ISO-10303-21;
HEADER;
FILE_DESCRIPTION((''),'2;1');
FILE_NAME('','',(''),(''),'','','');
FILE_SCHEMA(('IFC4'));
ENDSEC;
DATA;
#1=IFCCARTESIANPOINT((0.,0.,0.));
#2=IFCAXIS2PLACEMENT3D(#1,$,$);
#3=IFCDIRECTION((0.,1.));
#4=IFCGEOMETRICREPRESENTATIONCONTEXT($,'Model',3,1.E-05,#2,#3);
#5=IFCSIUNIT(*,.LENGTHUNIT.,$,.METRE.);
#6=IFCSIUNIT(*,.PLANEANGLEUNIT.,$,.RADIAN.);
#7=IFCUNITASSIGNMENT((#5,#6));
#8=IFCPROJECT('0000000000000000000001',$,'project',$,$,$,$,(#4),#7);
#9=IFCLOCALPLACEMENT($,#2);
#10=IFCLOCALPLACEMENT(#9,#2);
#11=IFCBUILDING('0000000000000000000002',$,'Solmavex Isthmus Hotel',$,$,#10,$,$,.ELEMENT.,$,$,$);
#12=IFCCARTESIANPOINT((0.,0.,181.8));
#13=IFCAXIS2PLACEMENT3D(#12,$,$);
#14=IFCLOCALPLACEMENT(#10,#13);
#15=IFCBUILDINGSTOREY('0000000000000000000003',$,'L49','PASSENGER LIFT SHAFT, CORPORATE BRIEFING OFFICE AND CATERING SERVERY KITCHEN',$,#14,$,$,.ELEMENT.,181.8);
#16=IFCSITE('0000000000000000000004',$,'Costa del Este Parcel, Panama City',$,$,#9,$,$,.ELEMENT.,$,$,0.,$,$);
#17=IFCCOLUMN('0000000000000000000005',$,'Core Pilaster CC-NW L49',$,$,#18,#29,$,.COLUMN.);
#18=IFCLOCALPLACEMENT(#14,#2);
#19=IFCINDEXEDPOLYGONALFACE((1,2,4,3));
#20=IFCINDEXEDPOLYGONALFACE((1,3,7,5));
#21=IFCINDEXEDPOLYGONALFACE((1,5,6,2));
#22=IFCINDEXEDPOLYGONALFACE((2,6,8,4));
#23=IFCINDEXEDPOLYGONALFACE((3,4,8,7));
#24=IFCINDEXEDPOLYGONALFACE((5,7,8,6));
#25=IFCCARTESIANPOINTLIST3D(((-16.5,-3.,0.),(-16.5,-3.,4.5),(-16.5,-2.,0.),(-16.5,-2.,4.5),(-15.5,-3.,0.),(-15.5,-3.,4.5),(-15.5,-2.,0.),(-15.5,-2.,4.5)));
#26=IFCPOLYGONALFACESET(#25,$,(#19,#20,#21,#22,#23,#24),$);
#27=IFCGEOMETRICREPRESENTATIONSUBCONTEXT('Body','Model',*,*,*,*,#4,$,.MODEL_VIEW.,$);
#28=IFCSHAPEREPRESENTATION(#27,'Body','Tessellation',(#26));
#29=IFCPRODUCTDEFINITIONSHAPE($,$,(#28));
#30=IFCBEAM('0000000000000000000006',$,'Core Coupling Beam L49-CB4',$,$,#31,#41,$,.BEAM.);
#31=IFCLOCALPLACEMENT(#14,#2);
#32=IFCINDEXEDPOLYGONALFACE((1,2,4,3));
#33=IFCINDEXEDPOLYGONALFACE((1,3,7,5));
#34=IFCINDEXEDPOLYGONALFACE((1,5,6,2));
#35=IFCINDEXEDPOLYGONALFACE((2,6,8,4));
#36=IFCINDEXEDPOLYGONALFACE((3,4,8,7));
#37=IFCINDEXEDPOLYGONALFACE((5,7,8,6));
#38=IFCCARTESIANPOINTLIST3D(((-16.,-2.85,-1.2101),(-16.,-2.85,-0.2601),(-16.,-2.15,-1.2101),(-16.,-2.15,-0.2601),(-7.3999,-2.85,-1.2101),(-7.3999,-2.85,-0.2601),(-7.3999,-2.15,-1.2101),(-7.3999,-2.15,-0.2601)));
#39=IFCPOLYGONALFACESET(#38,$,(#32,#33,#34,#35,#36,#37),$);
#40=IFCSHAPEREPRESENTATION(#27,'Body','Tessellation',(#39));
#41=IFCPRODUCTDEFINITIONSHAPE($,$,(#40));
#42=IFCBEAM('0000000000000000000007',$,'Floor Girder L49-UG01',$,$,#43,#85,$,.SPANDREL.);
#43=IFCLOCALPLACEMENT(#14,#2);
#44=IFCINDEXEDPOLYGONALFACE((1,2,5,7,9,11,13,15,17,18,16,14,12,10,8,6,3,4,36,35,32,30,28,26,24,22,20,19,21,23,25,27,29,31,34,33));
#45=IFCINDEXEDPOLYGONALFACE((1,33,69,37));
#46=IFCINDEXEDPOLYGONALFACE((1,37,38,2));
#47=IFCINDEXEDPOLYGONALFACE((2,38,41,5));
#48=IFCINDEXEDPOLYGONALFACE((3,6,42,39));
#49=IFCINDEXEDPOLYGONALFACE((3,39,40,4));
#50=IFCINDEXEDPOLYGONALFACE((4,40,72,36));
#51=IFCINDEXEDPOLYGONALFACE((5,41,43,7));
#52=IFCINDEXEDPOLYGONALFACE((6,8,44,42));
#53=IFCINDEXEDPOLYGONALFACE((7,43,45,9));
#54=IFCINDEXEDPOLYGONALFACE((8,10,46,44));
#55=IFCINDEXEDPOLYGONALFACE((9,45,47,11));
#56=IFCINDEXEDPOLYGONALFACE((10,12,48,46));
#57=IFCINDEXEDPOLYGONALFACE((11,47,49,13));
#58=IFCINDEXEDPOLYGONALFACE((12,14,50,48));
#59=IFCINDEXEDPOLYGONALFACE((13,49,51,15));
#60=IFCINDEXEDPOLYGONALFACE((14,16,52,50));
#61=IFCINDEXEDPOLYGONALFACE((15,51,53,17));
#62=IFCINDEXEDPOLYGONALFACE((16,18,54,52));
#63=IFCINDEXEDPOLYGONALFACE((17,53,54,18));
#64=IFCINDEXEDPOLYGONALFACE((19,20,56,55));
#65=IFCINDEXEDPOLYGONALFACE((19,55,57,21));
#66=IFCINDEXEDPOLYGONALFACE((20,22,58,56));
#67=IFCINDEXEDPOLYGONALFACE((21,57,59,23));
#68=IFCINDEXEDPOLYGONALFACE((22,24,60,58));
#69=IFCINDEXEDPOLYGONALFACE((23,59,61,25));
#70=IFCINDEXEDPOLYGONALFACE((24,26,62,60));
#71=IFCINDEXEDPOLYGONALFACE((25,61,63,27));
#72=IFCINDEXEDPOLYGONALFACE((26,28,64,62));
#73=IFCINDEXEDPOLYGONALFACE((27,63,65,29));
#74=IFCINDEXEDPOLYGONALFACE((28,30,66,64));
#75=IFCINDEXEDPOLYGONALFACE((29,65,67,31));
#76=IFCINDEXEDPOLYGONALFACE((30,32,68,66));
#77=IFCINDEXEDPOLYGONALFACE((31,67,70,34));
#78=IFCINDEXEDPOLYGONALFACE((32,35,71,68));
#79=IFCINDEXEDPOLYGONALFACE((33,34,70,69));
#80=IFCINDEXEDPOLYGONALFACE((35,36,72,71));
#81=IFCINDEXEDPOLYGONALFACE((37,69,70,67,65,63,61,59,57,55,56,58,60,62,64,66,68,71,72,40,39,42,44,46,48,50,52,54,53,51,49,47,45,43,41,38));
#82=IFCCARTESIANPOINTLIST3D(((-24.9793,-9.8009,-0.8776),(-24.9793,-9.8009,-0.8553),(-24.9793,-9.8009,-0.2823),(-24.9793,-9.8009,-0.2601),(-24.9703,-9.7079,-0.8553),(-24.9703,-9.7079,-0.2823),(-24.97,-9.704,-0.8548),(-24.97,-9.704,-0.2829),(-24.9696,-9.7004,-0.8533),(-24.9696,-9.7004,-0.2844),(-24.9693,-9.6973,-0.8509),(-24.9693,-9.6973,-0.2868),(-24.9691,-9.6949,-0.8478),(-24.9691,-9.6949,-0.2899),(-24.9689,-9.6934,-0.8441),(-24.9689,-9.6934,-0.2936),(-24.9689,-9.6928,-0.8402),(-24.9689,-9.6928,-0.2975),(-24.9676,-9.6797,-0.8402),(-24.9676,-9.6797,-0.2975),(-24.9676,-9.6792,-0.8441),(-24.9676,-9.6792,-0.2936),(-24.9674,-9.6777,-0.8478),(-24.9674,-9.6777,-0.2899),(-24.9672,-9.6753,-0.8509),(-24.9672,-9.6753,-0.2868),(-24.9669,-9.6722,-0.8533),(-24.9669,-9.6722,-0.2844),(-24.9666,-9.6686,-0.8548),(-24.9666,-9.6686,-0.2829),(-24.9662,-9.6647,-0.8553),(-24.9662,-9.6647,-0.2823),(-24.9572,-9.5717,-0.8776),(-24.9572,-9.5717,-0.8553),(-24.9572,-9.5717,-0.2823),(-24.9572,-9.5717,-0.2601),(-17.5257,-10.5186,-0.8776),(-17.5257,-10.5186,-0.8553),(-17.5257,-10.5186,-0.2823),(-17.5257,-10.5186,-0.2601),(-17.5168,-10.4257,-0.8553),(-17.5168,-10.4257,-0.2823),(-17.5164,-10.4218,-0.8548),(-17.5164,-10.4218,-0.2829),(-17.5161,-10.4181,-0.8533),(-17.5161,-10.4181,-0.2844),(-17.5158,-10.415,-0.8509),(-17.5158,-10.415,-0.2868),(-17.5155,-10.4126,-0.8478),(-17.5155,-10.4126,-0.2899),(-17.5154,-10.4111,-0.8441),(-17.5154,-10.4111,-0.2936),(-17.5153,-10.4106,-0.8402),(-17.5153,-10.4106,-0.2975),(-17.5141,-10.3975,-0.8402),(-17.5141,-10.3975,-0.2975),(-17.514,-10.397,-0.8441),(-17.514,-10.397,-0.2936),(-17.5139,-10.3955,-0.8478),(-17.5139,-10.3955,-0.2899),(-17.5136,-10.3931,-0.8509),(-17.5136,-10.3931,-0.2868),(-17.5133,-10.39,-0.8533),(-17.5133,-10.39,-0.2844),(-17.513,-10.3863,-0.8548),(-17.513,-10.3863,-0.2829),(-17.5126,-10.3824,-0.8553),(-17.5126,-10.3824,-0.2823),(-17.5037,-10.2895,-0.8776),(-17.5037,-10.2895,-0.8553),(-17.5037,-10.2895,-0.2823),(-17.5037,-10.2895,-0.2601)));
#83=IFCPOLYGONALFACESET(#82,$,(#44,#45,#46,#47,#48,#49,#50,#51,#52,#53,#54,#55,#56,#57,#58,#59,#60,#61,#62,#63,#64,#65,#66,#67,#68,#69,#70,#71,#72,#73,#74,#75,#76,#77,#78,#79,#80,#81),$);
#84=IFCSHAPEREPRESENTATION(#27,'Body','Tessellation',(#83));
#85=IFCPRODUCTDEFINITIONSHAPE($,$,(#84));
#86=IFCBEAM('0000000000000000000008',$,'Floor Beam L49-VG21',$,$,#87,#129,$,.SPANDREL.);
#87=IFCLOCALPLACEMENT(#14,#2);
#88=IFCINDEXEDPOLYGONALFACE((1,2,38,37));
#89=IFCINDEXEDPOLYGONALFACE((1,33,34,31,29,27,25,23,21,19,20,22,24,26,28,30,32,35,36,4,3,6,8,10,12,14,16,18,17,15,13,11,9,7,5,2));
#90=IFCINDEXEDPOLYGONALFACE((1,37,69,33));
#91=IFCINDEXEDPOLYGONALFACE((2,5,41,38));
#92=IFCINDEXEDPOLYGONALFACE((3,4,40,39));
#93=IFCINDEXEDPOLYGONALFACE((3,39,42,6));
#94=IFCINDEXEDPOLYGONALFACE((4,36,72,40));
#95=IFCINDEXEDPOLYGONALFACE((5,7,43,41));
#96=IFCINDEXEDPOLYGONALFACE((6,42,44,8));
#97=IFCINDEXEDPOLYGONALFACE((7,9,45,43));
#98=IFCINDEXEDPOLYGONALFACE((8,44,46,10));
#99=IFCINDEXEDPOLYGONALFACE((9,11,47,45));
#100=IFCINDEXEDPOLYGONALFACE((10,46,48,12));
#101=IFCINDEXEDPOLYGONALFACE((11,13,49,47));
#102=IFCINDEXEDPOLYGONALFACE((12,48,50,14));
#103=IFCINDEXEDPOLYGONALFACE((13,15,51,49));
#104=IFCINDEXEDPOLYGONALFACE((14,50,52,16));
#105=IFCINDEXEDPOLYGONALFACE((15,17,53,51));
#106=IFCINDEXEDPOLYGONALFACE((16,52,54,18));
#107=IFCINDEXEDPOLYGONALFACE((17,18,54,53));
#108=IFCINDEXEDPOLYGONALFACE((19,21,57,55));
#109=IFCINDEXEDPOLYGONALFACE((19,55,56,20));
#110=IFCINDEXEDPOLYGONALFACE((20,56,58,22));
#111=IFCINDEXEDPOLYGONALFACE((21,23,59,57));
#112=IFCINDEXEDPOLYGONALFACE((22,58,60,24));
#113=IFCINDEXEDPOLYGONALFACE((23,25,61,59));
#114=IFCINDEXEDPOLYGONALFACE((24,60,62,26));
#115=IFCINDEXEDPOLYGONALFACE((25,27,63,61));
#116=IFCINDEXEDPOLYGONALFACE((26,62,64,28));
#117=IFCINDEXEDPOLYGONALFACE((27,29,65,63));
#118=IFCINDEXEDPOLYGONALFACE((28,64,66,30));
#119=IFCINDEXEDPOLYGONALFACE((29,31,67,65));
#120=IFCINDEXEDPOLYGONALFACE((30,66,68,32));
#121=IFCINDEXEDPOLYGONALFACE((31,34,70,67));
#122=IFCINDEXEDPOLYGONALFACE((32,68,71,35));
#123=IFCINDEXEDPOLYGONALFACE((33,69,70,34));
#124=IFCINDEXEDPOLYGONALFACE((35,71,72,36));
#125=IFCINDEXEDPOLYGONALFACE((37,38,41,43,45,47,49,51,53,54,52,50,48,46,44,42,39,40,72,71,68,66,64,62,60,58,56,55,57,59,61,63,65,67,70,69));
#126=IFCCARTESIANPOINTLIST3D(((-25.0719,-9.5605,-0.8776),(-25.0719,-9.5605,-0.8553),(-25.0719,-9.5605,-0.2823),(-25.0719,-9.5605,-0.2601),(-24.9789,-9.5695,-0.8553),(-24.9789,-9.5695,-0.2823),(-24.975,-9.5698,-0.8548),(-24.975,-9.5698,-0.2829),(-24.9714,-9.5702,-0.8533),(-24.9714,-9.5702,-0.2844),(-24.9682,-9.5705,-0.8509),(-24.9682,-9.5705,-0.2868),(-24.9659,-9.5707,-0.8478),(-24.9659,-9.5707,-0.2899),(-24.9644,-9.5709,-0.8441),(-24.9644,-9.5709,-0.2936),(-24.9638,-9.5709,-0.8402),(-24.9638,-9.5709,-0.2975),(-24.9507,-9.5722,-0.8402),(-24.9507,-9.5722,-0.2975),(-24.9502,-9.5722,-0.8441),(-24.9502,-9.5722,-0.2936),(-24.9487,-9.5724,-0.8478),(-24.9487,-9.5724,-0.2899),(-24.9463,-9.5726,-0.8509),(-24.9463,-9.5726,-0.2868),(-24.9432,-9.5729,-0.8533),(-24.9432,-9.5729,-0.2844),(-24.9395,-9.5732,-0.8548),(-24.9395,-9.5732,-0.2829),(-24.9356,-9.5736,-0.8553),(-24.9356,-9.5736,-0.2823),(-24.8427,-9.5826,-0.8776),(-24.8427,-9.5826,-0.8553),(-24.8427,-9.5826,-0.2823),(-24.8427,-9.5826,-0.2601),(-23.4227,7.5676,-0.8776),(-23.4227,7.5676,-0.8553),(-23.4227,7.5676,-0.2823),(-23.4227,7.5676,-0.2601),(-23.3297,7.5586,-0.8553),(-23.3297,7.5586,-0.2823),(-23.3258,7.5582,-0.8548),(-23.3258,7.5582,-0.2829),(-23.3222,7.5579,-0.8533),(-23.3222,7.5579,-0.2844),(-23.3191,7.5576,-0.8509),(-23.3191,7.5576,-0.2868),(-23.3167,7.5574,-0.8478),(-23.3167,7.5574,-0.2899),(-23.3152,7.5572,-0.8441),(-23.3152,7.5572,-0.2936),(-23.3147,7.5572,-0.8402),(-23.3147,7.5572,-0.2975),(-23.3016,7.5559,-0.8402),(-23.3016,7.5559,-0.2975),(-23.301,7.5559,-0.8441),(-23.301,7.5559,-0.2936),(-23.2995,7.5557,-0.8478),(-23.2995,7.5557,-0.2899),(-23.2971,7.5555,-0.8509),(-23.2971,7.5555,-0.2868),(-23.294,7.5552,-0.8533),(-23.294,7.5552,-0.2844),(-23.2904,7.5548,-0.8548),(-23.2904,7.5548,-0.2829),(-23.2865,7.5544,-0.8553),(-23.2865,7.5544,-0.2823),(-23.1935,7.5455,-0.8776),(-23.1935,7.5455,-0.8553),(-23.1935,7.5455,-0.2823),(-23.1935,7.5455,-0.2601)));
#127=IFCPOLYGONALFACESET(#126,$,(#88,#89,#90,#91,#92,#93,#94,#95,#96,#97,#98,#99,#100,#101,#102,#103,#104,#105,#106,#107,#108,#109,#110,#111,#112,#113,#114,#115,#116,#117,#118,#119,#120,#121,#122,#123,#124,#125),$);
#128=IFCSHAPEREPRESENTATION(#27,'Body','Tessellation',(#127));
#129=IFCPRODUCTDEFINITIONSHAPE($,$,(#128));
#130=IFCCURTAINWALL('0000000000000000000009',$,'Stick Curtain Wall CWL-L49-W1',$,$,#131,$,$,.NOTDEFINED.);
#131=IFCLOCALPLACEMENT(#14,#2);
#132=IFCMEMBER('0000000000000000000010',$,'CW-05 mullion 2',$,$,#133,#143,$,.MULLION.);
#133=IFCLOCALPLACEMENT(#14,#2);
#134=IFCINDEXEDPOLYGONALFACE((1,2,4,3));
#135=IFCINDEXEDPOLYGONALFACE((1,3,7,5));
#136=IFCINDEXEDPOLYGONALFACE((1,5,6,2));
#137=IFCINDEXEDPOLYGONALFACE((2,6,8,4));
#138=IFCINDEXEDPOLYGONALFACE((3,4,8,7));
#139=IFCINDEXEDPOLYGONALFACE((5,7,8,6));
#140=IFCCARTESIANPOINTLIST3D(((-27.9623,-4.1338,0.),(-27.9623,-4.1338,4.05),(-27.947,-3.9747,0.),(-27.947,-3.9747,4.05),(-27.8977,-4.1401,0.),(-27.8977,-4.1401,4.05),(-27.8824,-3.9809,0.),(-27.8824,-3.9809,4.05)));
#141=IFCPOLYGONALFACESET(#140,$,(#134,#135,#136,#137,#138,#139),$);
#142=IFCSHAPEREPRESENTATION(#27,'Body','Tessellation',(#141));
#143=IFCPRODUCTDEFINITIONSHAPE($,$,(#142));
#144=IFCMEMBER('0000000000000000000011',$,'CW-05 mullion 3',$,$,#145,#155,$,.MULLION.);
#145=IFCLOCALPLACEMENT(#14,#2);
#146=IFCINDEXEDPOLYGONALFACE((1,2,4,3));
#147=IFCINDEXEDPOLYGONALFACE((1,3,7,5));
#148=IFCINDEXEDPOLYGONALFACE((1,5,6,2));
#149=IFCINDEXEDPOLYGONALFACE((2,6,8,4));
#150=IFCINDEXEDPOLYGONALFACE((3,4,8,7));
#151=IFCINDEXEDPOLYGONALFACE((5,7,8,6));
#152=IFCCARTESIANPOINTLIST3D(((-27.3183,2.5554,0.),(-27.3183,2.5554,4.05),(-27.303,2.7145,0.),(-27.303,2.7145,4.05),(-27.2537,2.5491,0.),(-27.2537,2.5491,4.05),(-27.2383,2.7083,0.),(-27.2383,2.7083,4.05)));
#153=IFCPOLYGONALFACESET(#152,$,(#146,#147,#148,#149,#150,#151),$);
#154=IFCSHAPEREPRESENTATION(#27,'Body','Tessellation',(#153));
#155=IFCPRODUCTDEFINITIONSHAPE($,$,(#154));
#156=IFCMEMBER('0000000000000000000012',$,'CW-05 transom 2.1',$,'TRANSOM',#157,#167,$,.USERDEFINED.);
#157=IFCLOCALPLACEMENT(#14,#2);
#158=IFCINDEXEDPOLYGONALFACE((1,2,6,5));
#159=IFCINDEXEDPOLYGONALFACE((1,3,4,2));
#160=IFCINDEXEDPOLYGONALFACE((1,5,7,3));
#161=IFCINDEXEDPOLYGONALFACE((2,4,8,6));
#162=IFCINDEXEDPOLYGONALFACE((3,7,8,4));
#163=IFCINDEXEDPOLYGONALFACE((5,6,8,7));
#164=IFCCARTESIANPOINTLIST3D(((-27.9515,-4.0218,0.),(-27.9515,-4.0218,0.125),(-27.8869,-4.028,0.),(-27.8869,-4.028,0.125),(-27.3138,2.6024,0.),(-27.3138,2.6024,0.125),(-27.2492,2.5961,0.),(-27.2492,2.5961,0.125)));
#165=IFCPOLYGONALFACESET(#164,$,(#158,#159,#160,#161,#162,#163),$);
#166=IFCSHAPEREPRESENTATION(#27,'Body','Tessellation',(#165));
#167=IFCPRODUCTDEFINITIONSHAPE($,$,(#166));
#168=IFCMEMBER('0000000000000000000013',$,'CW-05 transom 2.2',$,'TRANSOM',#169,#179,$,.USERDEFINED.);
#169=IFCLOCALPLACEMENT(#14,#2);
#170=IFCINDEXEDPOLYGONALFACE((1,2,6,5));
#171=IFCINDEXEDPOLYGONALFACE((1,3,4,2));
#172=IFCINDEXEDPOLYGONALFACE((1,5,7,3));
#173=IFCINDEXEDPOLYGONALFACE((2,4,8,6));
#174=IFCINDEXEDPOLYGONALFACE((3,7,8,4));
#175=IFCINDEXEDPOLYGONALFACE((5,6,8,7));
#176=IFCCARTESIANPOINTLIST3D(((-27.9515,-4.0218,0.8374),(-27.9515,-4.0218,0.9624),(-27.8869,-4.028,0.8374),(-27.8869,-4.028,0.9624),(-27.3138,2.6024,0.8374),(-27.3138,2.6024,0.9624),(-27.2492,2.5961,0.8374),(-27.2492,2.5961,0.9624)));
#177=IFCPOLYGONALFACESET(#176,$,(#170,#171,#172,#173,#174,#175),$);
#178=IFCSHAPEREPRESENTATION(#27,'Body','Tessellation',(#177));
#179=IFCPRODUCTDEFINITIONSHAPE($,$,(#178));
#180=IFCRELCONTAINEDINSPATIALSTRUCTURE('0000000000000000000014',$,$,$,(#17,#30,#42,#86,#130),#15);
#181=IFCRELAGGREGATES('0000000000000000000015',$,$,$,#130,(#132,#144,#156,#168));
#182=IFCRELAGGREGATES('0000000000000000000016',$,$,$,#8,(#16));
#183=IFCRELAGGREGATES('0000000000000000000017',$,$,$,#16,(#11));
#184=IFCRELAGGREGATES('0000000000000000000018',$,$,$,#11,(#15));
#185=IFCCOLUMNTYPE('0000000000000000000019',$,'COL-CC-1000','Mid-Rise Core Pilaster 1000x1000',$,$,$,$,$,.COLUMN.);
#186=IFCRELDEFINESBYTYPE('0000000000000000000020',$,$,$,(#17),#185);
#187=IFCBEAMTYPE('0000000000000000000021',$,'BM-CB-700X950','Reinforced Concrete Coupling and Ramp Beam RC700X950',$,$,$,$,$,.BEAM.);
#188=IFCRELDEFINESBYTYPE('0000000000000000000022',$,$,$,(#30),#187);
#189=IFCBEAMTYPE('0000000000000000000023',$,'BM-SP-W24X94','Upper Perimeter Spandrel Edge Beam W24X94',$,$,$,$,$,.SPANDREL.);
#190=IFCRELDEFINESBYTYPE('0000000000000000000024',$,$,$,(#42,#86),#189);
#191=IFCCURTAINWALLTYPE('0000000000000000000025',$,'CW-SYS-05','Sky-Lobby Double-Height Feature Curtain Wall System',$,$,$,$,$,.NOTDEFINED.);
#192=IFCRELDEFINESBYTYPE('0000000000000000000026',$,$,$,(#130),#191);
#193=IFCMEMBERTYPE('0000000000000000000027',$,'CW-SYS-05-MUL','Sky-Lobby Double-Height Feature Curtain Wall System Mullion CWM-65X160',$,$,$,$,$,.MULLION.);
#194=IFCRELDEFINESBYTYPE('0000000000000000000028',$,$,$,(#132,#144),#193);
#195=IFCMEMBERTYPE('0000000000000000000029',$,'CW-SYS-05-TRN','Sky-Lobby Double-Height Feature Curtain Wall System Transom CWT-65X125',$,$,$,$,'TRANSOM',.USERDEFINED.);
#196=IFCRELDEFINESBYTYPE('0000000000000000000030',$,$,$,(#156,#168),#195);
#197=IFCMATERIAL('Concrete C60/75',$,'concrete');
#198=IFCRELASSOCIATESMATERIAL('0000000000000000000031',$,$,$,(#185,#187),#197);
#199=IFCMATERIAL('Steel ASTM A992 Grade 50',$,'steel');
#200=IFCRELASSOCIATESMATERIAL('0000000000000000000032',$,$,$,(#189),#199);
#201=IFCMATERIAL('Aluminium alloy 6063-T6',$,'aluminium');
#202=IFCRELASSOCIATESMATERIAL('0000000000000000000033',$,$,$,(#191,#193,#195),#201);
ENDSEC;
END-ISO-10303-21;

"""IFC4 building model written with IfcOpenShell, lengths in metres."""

from ifc_helpers import new_model, si_unit, direction, frame, origin, origin_2d, place, context, subcontext, project, spatial, rectangle, i_section, extrude, material, material_profile, profile_set, type_object, element, aggregate, save


model = new_model("IFC4")

# Units and contexts
model_context = context("Model", 3, precision=1e-05, world=origin(), true_north=direction((0.0, 1.0)))
body_context = subcontext(model_context, "Body", "Model", "MODEL_VIEW")
ifc_project = project(units=[si_unit("LENGTHUNIT", "METRE"), si_unit("PLANEANGLEUNIT", "RADIAN")], contexts=[model_context])

# Site, building, storey
site_placement = place(None, origin())
site = spatial("IfcSite", under=ifc_project, at=site_placement, Name="Costa del Este Parcel, Panama City", CompositionType="ELEMENT", RefElevation=0.0)
building_placement = place(site_placement, origin())
building = spatial("IfcBuilding", under=site, at=building_placement, Name="Solmavex Isthmus Hotel", CompositionType="ELEMENT")
storey_placement = place(building_placement, frame((0.0, 0.0, 181.8)))
storey = spatial("IfcBuildingStorey", under=building, at=storey_placement, Name="L49", Description="PASSENGER LIFT SHAFT, CORPORATE BRIEFING OFFICE AND CATERING SERVERY KITCHEN", CompositionType="ELEMENT", Elevation=181.8)

# Column
ifc_material_1 = material(Name="Concrete C60/75", Category="concrete")
ifc_material_profile_1 = material_profile(ifc_material_1, rectangle(XDim=1.0, YDim=1.0, at=origin_2d()), Name="RC1000X1000")
ifc_profile_set_1 = profile_set([ifc_material_profile_1], Name="Concrete C60/75")
column_type = type_object("IfcColumnType", Name="COL-CC-1000", Description="Mid-Rise Core Pilaster 1000x1000", PredefinedType="COLUMN", material=ifc_profile_set_1)
column_placement = place(storey_placement, frame((-16.0, -2.5, 0.0), z_axis=(0.0, 0.0, 1.0), x_axis=(1.0, 0.0, 0.0)))
element("IfcColumn", 1, at=column_placement, inside=storey, type_object=column_type, Name="Core Pilaster CC-NW L49", PredefinedType="COLUMN", context=body_context, shape_type="SweptSolid", body=[
    extrude(rectangle(XDim=1.0, YDim=1.0, at=origin_2d()), origin(), (0.0, 0.0, 1.0), 4.5),
])

# Beams
ifc_material_profile_2 = material_profile(ifc_material_1, rectangle(XDim=0.7, YDim=0.95, at=origin_2d()), Name="RC700X950")
ifc_profile_set_2 = profile_set([ifc_material_profile_2], Name="Concrete C60/75")
beam_type_1 = type_object("IfcBeamType", Name="BM-CB-700X950", Description="Reinforced Concrete Coupling and Ramp Beam RC700X950", PredefinedType="BEAM", material=ifc_profile_set_2)
beam_1_placement = place(storey_placement, frame((-16.0, -2.5, -0.7351), z_axis=(1.0, 0.0, 0.0), x_axis=(0.0, 1.0, 0.0)))
element("IfcBeam", 2, at=beam_1_placement, inside=storey, type_object=beam_type_1, Name="Core Coupling Beam L49-CB4", PredefinedType="BEAM", context=body_context, shape_type="SweptSolid", body=[
    extrude(rectangle(XDim=0.7, YDim=0.95, at=origin_2d()), origin(), (0.0, 0.0, 1.0), 8.6001),
])
ifc_material_2 = material(Name="Steel ASTM A992 Grade 50", Category="steel")
ifc_material_profile_3 = material_profile(ifc_material_2, i_section(OverallWidth=0.2302, OverallDepth=0.6174, WebThickness=0.0132, FlangeThickness=0.0222, FilletRadius=0.0151, at=origin_2d()), Name="W24X94")
ifc_profile_set_3 = profile_set([ifc_material_profile_3], Name="Steel ASTM A992 Grade 50")
beam_type_2 = type_object("IfcBeamType", Name="BM-SP-W24X94", Description="Upper Perimeter Spandrel Edge Beam W24X94", PredefinedType="SPANDREL", material=ifc_profile_set_3)
beam_2_placement = place(storey_placement, frame((-24.9683, -9.6863, -0.5688), z_axis=(0.995395, -0.095855, 0.0), x_axis=(0.095855, 0.995395, 0.0)))
element("IfcBeam", 3, at=beam_2_placement, inside=storey, type_object=beam_type_2, Name="Floor Girder L49-UG01", PredefinedType="SPANDREL", context=body_context, shape_type="SweptSolid", body=[
    extrude(i_section(OverallWidth=0.2302, OverallDepth=0.6174, WebThickness=0.0132, FlangeThickness=0.0222, FilletRadius=0.0151, at=origin_2d()), origin(), (0.0, 0.0, 1.0), 7.488),
])
beam_3_placement = place(storey_placement, frame((-24.9573, -9.5715, -0.5688), z_axis=(0.095841, 0.995397, 0.0), x_axis=(-0.995397, 0.095841, 0.0)))
element("IfcBeam", 4, at=beam_3_placement, inside=storey, type_object=beam_type_2, Name="Floor Beam L49-VG21", PredefinedType="SPANDREL", context=body_context, shape_type="SweptSolid", body=[
    extrude(i_section(OverallWidth=0.2302, OverallDepth=0.6174, WebThickness=0.0132, FlangeThickness=0.0222, FilletRadius=0.0151, at=origin_2d()), origin(), (0.0, 0.0, 1.0), 17.2073),
])

# Curtain wall, members
ifc_material_3 = material(Name="Aluminium alloy 6063-T6", Category="aluminium")
curtain_wall_type = type_object("IfcCurtainWallType", Name="CW-SYS-05", Description="Sky-Lobby Double-Height Feature Curtain Wall System", PredefinedType="NOTDEFINED", material=ifc_material_3)
curtain_wall_placement = place(storey_placement, origin())
curtain_wall = element("IfcCurtainWall", 5, at=curtain_wall_placement, inside=storey, type_object=curtain_wall_type, Name="Stick Curtain Wall CWL-L49-W1", PredefinedType="NOTDEFINED")
ifc_material_profile_4 = material_profile(ifc_material_3, rectangle(XDim=0.0649, YDim=0.1599, at=origin_2d()), Name="CWM-65X160")
ifc_profile_set_4 = profile_set([ifc_material_profile_4], Name="Aluminium alloy 6063-T6")
member_type_1 = type_object("IfcMemberType", Name="CW-SYS-05-MUL", Description="Sky-Lobby Double-Height Feature Curtain Wall System Mullion CWM-65X160", PredefinedType="MULLION", material=ifc_profile_set_4)
member_1_placement = place(storey_placement, frame((-27.9224, -4.0574, 0.0), z_axis=(0.0, 0.0, 1.0), x_axis=(-0.995396, 0.095846, 0.0)))
member_1 = element("IfcMember", 6, at=member_1_placement, type_object=member_type_1, Name="CW-05 mullion 2", PredefinedType="MULLION", context=body_context, shape_type="SweptSolid", body=[
    extrude(rectangle(XDim=0.0649, YDim=0.1599, at=origin_2d()), origin(), (0.0, 0.0, 1.0), 4.05),
])
member_2_placement = place(storey_placement, frame((-27.2783, 2.6318, 0.0), z_axis=(0.0, 0.0, 1.0), x_axis=(-0.995396, 0.095846, 0.0)))
member_2 = element("IfcMember", 7, at=member_2_placement, type_object=member_type_1, Name="CW-05 mullion 3", PredefinedType="MULLION", context=body_context, shape_type="SweptSolid", body=[
    extrude(rectangle(XDim=0.0649, YDim=0.1599, at=origin_2d()), origin(), (0.0, 0.0, 1.0), 4.05),
])
ifc_material_profile_5 = material_profile(ifc_material_3, rectangle(XDim=0.0649, YDim=0.125, at=origin_2d()), Name="CWT-65X125")
ifc_profile_set_5 = profile_set([ifc_material_profile_5], Name="Aluminium alloy 6063-T6")
member_type_2 = type_object("IfcMemberType", Name="CW-SYS-05-TRN", Description="Sky-Lobby Double-Height Feature Curtain Wall System Transom CWT-65X125", ElementType="TRANSOM", PredefinedType="USERDEFINED", material=ifc_profile_set_5)
member_3_placement = place(storey_placement, frame((-27.9192, -4.0249, 0.0625), z_axis=(0.095824, 0.995398, 0.0), x_axis=(-0.995398, 0.095824, 0.0)))
member_3 = element("IfcMember", 8, at=member_3_placement, type_object=member_type_2, Name="CW-05 transom 2.1", ObjectType="TRANSOM", PredefinedType="USERDEFINED", context=body_context, shape_type="SweptSolid", body=[
    extrude(rectangle(XDim=0.0649, YDim=0.125, at=origin_2d()), origin(), (0.0, 0.0, 1.0), 6.6548),
])
member_4_placement = place(storey_placement, frame((-27.9192, -4.0249, 0.8999), z_axis=(0.095824, 0.995398, 0.0), x_axis=(-0.995398, 0.095824, 0.0)))
member_4 = element("IfcMember", 9, at=member_4_placement, type_object=member_type_2, Name="CW-05 transom 2.2", ObjectType="TRANSOM", PredefinedType="USERDEFINED", context=body_context, shape_type="SweptSolid", body=[
    extrude(rectangle(XDim=0.0649, YDim=0.125, at=origin_2d()), origin(), (0.0, 0.0, 1.0), 6.6548),
])
aggregate(curtain_wall, [member_1, member_2, member_3, member_4])

save(model, "model.ifc")
